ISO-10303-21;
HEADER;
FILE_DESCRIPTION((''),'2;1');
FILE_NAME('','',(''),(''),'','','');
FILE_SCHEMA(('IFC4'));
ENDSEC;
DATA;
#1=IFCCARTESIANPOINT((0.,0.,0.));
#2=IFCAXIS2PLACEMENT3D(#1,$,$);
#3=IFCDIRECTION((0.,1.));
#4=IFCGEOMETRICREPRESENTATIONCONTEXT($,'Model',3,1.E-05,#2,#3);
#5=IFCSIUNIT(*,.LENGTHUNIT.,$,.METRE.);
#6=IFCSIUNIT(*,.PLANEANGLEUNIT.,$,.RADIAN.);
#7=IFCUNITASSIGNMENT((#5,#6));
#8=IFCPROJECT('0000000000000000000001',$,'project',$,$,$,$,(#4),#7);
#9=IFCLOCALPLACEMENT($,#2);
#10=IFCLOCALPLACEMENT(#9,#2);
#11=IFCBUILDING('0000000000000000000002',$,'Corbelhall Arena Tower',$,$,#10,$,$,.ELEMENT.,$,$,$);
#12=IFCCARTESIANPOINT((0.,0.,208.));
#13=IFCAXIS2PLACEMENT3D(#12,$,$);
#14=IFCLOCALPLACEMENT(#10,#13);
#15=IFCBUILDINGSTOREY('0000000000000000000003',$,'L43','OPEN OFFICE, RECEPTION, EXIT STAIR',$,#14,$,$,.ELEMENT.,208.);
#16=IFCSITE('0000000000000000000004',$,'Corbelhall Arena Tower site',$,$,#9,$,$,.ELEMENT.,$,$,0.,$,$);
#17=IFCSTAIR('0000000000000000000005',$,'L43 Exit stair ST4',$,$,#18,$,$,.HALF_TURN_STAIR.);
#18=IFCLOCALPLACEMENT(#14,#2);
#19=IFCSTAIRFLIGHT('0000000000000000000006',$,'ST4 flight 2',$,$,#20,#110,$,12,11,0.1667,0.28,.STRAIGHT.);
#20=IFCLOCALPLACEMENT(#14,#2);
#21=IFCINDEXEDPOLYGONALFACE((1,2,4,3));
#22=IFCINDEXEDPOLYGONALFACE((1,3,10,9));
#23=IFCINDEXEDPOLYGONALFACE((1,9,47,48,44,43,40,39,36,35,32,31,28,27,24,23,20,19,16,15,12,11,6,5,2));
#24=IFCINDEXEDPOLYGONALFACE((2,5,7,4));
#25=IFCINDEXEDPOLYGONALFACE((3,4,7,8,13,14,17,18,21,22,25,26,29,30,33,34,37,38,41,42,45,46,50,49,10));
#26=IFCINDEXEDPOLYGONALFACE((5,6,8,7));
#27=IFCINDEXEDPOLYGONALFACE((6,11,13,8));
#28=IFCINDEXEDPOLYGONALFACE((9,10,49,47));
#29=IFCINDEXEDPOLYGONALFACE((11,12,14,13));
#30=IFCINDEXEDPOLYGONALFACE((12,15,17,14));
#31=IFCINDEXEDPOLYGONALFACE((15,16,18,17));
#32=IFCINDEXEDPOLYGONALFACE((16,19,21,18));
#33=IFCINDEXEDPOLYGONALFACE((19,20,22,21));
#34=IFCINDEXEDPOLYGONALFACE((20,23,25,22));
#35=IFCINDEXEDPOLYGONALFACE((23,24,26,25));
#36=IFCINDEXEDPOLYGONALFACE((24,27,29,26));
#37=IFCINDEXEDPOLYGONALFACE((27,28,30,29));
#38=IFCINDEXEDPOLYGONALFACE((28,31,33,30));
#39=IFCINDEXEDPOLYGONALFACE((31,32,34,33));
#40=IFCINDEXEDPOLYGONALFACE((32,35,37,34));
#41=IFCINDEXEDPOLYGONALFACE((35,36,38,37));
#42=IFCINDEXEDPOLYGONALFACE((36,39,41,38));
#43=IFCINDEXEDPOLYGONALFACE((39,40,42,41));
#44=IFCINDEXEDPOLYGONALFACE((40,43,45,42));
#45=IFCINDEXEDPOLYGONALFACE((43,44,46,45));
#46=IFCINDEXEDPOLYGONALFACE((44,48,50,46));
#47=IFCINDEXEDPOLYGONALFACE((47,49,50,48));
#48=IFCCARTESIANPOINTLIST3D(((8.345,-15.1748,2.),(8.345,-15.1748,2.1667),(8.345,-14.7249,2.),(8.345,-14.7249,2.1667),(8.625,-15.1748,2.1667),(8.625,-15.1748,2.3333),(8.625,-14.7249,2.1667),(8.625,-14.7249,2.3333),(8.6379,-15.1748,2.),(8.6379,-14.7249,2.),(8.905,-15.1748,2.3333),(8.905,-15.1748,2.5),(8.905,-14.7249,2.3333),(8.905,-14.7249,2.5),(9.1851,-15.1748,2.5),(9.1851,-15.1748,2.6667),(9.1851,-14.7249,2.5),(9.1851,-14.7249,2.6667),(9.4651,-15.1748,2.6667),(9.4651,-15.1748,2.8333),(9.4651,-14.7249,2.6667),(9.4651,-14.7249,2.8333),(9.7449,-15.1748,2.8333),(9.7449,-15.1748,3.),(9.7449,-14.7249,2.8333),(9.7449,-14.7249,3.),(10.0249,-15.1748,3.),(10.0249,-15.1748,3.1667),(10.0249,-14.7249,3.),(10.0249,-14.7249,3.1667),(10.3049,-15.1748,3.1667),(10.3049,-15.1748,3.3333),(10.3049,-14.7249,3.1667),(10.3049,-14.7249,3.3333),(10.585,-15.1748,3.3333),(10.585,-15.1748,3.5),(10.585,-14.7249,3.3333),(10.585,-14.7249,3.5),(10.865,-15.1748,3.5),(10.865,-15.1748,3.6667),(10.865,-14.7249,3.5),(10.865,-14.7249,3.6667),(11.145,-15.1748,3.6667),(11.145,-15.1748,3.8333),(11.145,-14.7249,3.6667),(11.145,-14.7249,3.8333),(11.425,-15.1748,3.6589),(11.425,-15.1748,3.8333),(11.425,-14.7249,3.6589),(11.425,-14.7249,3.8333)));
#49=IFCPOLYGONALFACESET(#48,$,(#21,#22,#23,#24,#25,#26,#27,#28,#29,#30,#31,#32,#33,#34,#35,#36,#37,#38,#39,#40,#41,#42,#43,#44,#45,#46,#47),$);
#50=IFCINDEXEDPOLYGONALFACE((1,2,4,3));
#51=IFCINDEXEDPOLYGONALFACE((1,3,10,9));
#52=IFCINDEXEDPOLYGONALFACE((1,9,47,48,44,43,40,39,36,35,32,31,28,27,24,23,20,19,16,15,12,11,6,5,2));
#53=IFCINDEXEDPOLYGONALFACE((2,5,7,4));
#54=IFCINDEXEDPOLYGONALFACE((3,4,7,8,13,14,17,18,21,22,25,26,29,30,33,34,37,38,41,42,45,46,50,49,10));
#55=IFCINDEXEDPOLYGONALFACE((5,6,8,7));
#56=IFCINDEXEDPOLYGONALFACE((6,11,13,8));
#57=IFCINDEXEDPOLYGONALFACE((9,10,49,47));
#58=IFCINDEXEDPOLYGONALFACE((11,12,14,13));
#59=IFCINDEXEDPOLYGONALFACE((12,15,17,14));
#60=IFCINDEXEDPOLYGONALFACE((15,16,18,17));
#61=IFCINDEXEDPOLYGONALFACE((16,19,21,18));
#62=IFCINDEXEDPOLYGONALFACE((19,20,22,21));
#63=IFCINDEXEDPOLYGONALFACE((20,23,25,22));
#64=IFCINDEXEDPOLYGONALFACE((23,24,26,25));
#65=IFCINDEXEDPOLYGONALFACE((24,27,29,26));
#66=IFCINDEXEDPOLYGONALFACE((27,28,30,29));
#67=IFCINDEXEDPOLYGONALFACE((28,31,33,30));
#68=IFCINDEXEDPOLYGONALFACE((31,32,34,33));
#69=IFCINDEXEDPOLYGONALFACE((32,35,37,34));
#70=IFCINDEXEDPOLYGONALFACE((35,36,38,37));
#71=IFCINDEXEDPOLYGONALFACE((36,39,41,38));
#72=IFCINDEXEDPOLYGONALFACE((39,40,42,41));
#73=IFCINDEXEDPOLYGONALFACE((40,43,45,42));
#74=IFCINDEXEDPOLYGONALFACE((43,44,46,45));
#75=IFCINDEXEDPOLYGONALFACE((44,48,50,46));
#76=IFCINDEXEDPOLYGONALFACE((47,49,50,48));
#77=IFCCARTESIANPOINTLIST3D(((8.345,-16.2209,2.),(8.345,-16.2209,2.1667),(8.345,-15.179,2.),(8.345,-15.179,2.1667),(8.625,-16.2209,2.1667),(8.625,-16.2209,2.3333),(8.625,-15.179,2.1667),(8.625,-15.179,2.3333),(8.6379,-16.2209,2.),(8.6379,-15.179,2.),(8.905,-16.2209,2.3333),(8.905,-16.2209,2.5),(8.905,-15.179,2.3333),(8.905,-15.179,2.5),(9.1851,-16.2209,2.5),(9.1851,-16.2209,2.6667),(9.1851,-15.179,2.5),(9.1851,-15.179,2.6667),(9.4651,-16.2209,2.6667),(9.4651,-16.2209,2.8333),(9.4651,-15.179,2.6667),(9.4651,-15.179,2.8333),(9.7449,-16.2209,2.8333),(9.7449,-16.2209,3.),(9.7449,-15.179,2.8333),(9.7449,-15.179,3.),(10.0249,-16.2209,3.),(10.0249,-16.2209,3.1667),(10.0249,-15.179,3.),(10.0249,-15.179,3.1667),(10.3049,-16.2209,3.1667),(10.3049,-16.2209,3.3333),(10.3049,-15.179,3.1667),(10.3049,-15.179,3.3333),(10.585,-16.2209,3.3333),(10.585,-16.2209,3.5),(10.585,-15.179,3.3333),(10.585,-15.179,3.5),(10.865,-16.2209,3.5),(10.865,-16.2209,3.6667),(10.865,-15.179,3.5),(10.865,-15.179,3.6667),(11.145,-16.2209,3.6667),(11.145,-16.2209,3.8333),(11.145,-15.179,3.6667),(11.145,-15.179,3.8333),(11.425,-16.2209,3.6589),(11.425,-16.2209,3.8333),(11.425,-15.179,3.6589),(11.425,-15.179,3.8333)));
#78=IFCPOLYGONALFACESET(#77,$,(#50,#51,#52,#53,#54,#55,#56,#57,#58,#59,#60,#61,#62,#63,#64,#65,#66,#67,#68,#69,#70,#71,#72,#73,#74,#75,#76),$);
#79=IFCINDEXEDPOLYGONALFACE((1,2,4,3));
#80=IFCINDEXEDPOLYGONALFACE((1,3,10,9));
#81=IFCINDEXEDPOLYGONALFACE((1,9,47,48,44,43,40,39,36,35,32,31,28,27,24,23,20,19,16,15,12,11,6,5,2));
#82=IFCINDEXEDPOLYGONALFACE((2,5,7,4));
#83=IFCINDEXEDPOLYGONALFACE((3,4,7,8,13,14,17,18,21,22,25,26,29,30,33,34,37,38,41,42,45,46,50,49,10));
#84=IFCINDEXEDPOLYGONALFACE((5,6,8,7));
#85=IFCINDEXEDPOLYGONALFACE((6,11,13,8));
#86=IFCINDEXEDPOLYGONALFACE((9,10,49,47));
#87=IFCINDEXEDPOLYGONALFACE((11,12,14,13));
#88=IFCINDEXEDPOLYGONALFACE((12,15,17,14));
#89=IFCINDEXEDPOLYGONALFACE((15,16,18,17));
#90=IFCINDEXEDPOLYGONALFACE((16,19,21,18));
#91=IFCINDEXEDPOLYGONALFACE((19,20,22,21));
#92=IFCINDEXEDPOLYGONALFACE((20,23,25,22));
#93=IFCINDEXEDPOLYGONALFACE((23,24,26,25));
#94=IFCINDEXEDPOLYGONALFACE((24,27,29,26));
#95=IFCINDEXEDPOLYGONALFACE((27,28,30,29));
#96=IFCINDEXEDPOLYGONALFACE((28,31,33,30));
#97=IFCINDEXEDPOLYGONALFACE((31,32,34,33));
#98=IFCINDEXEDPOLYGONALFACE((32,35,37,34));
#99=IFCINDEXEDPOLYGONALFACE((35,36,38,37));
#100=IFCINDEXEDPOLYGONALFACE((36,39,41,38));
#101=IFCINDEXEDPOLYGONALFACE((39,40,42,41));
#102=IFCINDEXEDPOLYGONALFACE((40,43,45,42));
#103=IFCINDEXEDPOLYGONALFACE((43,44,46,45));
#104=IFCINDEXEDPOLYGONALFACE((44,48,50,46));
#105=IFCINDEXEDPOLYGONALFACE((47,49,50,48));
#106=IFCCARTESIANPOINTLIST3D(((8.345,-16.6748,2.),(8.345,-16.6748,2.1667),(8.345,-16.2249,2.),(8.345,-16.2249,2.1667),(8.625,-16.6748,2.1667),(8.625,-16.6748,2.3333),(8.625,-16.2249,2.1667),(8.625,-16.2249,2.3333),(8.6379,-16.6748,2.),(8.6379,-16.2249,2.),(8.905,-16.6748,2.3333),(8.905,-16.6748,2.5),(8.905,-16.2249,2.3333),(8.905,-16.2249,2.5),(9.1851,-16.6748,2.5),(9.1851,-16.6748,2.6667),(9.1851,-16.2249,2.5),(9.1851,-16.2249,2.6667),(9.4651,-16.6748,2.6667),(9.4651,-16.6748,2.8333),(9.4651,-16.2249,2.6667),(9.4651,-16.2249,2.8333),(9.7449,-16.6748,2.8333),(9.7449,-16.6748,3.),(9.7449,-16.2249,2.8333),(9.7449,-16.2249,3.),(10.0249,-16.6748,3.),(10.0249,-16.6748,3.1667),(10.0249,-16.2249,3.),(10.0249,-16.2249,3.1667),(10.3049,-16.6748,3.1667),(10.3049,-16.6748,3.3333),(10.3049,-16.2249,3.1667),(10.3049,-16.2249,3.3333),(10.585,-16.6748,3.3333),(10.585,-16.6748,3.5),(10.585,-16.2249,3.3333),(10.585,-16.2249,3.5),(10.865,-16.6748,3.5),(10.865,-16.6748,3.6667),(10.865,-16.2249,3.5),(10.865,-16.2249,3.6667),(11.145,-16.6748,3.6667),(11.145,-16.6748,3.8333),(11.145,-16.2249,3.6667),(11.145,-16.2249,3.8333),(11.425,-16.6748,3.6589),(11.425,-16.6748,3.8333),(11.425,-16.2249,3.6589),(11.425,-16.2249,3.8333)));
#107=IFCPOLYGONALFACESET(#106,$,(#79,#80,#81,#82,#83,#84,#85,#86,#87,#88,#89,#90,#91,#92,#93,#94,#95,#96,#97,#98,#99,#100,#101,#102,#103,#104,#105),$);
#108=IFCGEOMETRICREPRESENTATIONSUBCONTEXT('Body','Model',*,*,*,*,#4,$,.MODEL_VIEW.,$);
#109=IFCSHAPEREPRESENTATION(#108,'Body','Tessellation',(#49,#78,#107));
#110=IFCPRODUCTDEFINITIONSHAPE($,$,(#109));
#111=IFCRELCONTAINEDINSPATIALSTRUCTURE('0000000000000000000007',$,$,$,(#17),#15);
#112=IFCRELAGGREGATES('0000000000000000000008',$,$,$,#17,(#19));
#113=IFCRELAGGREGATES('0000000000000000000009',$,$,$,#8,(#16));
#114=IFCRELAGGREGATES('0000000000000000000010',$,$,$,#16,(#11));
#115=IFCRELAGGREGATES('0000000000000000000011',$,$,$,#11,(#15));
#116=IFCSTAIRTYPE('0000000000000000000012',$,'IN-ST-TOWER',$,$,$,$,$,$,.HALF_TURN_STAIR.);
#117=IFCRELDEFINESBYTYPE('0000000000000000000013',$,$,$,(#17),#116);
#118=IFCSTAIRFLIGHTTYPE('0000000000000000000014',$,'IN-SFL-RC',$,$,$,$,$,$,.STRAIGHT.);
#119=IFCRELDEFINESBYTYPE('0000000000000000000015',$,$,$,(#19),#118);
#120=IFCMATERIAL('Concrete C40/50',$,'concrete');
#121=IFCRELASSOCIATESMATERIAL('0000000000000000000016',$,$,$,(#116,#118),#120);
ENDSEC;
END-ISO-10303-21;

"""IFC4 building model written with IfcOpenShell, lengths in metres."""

from ifc_helpers import new_model, si_unit, direction, frame, origin, place, context, subcontext, project, spatial, polyline, outline, extrude, material, type_object, element, aggregate, save


model = new_model("IFC4")

# Units and contexts
model_context = context("Model", 3, precision=1e-05, world=origin(), true_north=direction((0.0, 1.0)))
body_context = subcontext(model_context, "Body", "Model", "MODEL_VIEW")
ifc_project = project(units=[si_unit("LENGTHUNIT", "METRE"), si_unit("PLANEANGLEUNIT", "RADIAN")], contexts=[model_context])

# Site, building, storey
site_placement = place(None, origin())
site = spatial("IfcSite", under=ifc_project, at=site_placement, Name="Corbelhall Arena Tower site", CompositionType="ELEMENT", RefElevation=0.0)
building_placement = place(site_placement, origin())
building = spatial("IfcBuilding", under=site, at=building_placement, Name="Corbelhall Arena Tower", CompositionType="ELEMENT")
storey_placement = place(building_placement, frame((0.0, 0.0, 208.0)))
storey = spatial("IfcBuildingStorey", under=building, at=storey_placement, Name="L43", Description="OPEN OFFICE, RECEPTION, EXIT STAIR", CompositionType="ELEMENT", Elevation=208.0)

# Shared definitions
ifc_material_1 = material(Name="Concrete C40/50", Category="concrete")

# Stair, stair flight
stair_type = type_object("IfcStairType", Name="IN-ST-TOWER", PredefinedType="HALF_TURN_STAIR", material=ifc_material_1)
stair_placement = place(storey_placement, origin())
stair = element("IfcStair", 1, at=stair_placement, inside=storey, type_object=stair_type, Name="L43 Exit stair ST4", PredefinedType="HALF_TURN_STAIR")
stair_flight_type = type_object("IfcStairFlightType", Name="IN-SFL-RC", PredefinedType="STRAIGHT", material=ifc_material_1)
stair_flight_placement = place(storey_placement, frame((8.345, -15.7, 2.0), z_axis=(0.0, 0.0, 1.0), x_axis=(1.0, 0.0, 0.0)))
stair_flight = element("IfcStairFlight", 2, at=stair_flight_placement, type_object=stair_flight_type, Name="ST4 flight 2", NumberOfRisers=12, NumberOfTreads=11, PredefinedType="STRAIGHT", RiserHeight=0.1667, TreadLength=0.28, context=body_context, shape_type="SweptSolid", body=[
    extrude(outline(polyline([(0.0, 0.0), (0.0, 0.1667), (0.28, 0.1667), (0.28, 0.3333), (0.5601, 0.3333), (0.5601, 0.5), (0.8401, 0.5), (0.8401, 0.6667), (1.1201, 0.6667), (1.1201, 0.8333), (1.3999, 0.8333), (1.3999, 1.0), (1.6799, 1.0), (1.6799, 1.1667), (1.96, 1.1667), (1.96, 1.3333), (2.24, 1.3333), (2.24, 1.5), (2.52, 1.5), (2.52, 1.6667), (2.8, 1.6667), (2.8, 1.8333), (3.0801, 1.8333), (3.0801, 2.0), (3.0801, 1.6589), (0.293, 0.0), (0.0, 0.0)])), frame((0.0, 0.9751, 0.0), z_axis=(0.0, -1.0, 0.0), x_axis=(1.0, 0.0, 0.0)), (0.0, 0.0, 1.0), 0.45),
    extrude(outline(polyline([(0.0, 0.0), (0.0, 0.1667), (0.28, 0.1667), (0.28, 0.3333), (0.5601, 0.3333), (0.5601, 0.5), (0.8401, 0.5), (0.8401, 0.6667), (1.1201, 0.6667), (1.1201, 0.8333), (1.3999, 0.8333), (1.3999, 1.0), (1.6799, 1.0), (1.6799, 1.1667), (1.96, 1.1667), (1.96, 1.3333), (2.24, 1.3333), (2.24, 1.5), (2.52, 1.5), (2.52, 1.6667), (2.8, 1.6667), (2.8, 1.8333), (3.0801, 1.8333), (3.0801, 2.0), (3.0801, 1.6589), (0.293, 0.0), (0.0, 0.0)])), frame((0.0, 0.521, 0.0), z_axis=(0.0, -1.0, 0.0), x_axis=(1.0, 0.0, 0.0)), (0.0, 0.0, 1.0), 1.042),
    extrude(outline(polyline([(0.0, 0.0), (0.0, 0.1667), (0.28, 0.1667), (0.28, 0.3333), (0.5601, 0.3333), (0.5601, 0.5), (0.8401, 0.5), (0.8401, 0.6667), (1.1201, 0.6667), (1.1201, 0.8333), (1.3999, 0.8333), (1.3999, 1.0), (1.6799, 1.0), (1.6799, 1.1667), (1.96, 1.1667), (1.96, 1.3333), (2.24, 1.3333), (2.24, 1.5), (2.52, 1.5), (2.52, 1.6667), (2.8, 1.6667), (2.8, 1.8333), (3.0801, 1.8333), (3.0801, 2.0), (3.0801, 1.6589), (0.293, 0.0), (0.0, 0.0)])), frame((0.0, -0.5249, 0.0), z_axis=(0.0, -1.0, 0.0), x_axis=(1.0, 0.0, 0.0)), (0.0, 0.0, 1.0), 0.45),
])
aggregate(stair, [stair_flight])

save(model, "model.ifc")
